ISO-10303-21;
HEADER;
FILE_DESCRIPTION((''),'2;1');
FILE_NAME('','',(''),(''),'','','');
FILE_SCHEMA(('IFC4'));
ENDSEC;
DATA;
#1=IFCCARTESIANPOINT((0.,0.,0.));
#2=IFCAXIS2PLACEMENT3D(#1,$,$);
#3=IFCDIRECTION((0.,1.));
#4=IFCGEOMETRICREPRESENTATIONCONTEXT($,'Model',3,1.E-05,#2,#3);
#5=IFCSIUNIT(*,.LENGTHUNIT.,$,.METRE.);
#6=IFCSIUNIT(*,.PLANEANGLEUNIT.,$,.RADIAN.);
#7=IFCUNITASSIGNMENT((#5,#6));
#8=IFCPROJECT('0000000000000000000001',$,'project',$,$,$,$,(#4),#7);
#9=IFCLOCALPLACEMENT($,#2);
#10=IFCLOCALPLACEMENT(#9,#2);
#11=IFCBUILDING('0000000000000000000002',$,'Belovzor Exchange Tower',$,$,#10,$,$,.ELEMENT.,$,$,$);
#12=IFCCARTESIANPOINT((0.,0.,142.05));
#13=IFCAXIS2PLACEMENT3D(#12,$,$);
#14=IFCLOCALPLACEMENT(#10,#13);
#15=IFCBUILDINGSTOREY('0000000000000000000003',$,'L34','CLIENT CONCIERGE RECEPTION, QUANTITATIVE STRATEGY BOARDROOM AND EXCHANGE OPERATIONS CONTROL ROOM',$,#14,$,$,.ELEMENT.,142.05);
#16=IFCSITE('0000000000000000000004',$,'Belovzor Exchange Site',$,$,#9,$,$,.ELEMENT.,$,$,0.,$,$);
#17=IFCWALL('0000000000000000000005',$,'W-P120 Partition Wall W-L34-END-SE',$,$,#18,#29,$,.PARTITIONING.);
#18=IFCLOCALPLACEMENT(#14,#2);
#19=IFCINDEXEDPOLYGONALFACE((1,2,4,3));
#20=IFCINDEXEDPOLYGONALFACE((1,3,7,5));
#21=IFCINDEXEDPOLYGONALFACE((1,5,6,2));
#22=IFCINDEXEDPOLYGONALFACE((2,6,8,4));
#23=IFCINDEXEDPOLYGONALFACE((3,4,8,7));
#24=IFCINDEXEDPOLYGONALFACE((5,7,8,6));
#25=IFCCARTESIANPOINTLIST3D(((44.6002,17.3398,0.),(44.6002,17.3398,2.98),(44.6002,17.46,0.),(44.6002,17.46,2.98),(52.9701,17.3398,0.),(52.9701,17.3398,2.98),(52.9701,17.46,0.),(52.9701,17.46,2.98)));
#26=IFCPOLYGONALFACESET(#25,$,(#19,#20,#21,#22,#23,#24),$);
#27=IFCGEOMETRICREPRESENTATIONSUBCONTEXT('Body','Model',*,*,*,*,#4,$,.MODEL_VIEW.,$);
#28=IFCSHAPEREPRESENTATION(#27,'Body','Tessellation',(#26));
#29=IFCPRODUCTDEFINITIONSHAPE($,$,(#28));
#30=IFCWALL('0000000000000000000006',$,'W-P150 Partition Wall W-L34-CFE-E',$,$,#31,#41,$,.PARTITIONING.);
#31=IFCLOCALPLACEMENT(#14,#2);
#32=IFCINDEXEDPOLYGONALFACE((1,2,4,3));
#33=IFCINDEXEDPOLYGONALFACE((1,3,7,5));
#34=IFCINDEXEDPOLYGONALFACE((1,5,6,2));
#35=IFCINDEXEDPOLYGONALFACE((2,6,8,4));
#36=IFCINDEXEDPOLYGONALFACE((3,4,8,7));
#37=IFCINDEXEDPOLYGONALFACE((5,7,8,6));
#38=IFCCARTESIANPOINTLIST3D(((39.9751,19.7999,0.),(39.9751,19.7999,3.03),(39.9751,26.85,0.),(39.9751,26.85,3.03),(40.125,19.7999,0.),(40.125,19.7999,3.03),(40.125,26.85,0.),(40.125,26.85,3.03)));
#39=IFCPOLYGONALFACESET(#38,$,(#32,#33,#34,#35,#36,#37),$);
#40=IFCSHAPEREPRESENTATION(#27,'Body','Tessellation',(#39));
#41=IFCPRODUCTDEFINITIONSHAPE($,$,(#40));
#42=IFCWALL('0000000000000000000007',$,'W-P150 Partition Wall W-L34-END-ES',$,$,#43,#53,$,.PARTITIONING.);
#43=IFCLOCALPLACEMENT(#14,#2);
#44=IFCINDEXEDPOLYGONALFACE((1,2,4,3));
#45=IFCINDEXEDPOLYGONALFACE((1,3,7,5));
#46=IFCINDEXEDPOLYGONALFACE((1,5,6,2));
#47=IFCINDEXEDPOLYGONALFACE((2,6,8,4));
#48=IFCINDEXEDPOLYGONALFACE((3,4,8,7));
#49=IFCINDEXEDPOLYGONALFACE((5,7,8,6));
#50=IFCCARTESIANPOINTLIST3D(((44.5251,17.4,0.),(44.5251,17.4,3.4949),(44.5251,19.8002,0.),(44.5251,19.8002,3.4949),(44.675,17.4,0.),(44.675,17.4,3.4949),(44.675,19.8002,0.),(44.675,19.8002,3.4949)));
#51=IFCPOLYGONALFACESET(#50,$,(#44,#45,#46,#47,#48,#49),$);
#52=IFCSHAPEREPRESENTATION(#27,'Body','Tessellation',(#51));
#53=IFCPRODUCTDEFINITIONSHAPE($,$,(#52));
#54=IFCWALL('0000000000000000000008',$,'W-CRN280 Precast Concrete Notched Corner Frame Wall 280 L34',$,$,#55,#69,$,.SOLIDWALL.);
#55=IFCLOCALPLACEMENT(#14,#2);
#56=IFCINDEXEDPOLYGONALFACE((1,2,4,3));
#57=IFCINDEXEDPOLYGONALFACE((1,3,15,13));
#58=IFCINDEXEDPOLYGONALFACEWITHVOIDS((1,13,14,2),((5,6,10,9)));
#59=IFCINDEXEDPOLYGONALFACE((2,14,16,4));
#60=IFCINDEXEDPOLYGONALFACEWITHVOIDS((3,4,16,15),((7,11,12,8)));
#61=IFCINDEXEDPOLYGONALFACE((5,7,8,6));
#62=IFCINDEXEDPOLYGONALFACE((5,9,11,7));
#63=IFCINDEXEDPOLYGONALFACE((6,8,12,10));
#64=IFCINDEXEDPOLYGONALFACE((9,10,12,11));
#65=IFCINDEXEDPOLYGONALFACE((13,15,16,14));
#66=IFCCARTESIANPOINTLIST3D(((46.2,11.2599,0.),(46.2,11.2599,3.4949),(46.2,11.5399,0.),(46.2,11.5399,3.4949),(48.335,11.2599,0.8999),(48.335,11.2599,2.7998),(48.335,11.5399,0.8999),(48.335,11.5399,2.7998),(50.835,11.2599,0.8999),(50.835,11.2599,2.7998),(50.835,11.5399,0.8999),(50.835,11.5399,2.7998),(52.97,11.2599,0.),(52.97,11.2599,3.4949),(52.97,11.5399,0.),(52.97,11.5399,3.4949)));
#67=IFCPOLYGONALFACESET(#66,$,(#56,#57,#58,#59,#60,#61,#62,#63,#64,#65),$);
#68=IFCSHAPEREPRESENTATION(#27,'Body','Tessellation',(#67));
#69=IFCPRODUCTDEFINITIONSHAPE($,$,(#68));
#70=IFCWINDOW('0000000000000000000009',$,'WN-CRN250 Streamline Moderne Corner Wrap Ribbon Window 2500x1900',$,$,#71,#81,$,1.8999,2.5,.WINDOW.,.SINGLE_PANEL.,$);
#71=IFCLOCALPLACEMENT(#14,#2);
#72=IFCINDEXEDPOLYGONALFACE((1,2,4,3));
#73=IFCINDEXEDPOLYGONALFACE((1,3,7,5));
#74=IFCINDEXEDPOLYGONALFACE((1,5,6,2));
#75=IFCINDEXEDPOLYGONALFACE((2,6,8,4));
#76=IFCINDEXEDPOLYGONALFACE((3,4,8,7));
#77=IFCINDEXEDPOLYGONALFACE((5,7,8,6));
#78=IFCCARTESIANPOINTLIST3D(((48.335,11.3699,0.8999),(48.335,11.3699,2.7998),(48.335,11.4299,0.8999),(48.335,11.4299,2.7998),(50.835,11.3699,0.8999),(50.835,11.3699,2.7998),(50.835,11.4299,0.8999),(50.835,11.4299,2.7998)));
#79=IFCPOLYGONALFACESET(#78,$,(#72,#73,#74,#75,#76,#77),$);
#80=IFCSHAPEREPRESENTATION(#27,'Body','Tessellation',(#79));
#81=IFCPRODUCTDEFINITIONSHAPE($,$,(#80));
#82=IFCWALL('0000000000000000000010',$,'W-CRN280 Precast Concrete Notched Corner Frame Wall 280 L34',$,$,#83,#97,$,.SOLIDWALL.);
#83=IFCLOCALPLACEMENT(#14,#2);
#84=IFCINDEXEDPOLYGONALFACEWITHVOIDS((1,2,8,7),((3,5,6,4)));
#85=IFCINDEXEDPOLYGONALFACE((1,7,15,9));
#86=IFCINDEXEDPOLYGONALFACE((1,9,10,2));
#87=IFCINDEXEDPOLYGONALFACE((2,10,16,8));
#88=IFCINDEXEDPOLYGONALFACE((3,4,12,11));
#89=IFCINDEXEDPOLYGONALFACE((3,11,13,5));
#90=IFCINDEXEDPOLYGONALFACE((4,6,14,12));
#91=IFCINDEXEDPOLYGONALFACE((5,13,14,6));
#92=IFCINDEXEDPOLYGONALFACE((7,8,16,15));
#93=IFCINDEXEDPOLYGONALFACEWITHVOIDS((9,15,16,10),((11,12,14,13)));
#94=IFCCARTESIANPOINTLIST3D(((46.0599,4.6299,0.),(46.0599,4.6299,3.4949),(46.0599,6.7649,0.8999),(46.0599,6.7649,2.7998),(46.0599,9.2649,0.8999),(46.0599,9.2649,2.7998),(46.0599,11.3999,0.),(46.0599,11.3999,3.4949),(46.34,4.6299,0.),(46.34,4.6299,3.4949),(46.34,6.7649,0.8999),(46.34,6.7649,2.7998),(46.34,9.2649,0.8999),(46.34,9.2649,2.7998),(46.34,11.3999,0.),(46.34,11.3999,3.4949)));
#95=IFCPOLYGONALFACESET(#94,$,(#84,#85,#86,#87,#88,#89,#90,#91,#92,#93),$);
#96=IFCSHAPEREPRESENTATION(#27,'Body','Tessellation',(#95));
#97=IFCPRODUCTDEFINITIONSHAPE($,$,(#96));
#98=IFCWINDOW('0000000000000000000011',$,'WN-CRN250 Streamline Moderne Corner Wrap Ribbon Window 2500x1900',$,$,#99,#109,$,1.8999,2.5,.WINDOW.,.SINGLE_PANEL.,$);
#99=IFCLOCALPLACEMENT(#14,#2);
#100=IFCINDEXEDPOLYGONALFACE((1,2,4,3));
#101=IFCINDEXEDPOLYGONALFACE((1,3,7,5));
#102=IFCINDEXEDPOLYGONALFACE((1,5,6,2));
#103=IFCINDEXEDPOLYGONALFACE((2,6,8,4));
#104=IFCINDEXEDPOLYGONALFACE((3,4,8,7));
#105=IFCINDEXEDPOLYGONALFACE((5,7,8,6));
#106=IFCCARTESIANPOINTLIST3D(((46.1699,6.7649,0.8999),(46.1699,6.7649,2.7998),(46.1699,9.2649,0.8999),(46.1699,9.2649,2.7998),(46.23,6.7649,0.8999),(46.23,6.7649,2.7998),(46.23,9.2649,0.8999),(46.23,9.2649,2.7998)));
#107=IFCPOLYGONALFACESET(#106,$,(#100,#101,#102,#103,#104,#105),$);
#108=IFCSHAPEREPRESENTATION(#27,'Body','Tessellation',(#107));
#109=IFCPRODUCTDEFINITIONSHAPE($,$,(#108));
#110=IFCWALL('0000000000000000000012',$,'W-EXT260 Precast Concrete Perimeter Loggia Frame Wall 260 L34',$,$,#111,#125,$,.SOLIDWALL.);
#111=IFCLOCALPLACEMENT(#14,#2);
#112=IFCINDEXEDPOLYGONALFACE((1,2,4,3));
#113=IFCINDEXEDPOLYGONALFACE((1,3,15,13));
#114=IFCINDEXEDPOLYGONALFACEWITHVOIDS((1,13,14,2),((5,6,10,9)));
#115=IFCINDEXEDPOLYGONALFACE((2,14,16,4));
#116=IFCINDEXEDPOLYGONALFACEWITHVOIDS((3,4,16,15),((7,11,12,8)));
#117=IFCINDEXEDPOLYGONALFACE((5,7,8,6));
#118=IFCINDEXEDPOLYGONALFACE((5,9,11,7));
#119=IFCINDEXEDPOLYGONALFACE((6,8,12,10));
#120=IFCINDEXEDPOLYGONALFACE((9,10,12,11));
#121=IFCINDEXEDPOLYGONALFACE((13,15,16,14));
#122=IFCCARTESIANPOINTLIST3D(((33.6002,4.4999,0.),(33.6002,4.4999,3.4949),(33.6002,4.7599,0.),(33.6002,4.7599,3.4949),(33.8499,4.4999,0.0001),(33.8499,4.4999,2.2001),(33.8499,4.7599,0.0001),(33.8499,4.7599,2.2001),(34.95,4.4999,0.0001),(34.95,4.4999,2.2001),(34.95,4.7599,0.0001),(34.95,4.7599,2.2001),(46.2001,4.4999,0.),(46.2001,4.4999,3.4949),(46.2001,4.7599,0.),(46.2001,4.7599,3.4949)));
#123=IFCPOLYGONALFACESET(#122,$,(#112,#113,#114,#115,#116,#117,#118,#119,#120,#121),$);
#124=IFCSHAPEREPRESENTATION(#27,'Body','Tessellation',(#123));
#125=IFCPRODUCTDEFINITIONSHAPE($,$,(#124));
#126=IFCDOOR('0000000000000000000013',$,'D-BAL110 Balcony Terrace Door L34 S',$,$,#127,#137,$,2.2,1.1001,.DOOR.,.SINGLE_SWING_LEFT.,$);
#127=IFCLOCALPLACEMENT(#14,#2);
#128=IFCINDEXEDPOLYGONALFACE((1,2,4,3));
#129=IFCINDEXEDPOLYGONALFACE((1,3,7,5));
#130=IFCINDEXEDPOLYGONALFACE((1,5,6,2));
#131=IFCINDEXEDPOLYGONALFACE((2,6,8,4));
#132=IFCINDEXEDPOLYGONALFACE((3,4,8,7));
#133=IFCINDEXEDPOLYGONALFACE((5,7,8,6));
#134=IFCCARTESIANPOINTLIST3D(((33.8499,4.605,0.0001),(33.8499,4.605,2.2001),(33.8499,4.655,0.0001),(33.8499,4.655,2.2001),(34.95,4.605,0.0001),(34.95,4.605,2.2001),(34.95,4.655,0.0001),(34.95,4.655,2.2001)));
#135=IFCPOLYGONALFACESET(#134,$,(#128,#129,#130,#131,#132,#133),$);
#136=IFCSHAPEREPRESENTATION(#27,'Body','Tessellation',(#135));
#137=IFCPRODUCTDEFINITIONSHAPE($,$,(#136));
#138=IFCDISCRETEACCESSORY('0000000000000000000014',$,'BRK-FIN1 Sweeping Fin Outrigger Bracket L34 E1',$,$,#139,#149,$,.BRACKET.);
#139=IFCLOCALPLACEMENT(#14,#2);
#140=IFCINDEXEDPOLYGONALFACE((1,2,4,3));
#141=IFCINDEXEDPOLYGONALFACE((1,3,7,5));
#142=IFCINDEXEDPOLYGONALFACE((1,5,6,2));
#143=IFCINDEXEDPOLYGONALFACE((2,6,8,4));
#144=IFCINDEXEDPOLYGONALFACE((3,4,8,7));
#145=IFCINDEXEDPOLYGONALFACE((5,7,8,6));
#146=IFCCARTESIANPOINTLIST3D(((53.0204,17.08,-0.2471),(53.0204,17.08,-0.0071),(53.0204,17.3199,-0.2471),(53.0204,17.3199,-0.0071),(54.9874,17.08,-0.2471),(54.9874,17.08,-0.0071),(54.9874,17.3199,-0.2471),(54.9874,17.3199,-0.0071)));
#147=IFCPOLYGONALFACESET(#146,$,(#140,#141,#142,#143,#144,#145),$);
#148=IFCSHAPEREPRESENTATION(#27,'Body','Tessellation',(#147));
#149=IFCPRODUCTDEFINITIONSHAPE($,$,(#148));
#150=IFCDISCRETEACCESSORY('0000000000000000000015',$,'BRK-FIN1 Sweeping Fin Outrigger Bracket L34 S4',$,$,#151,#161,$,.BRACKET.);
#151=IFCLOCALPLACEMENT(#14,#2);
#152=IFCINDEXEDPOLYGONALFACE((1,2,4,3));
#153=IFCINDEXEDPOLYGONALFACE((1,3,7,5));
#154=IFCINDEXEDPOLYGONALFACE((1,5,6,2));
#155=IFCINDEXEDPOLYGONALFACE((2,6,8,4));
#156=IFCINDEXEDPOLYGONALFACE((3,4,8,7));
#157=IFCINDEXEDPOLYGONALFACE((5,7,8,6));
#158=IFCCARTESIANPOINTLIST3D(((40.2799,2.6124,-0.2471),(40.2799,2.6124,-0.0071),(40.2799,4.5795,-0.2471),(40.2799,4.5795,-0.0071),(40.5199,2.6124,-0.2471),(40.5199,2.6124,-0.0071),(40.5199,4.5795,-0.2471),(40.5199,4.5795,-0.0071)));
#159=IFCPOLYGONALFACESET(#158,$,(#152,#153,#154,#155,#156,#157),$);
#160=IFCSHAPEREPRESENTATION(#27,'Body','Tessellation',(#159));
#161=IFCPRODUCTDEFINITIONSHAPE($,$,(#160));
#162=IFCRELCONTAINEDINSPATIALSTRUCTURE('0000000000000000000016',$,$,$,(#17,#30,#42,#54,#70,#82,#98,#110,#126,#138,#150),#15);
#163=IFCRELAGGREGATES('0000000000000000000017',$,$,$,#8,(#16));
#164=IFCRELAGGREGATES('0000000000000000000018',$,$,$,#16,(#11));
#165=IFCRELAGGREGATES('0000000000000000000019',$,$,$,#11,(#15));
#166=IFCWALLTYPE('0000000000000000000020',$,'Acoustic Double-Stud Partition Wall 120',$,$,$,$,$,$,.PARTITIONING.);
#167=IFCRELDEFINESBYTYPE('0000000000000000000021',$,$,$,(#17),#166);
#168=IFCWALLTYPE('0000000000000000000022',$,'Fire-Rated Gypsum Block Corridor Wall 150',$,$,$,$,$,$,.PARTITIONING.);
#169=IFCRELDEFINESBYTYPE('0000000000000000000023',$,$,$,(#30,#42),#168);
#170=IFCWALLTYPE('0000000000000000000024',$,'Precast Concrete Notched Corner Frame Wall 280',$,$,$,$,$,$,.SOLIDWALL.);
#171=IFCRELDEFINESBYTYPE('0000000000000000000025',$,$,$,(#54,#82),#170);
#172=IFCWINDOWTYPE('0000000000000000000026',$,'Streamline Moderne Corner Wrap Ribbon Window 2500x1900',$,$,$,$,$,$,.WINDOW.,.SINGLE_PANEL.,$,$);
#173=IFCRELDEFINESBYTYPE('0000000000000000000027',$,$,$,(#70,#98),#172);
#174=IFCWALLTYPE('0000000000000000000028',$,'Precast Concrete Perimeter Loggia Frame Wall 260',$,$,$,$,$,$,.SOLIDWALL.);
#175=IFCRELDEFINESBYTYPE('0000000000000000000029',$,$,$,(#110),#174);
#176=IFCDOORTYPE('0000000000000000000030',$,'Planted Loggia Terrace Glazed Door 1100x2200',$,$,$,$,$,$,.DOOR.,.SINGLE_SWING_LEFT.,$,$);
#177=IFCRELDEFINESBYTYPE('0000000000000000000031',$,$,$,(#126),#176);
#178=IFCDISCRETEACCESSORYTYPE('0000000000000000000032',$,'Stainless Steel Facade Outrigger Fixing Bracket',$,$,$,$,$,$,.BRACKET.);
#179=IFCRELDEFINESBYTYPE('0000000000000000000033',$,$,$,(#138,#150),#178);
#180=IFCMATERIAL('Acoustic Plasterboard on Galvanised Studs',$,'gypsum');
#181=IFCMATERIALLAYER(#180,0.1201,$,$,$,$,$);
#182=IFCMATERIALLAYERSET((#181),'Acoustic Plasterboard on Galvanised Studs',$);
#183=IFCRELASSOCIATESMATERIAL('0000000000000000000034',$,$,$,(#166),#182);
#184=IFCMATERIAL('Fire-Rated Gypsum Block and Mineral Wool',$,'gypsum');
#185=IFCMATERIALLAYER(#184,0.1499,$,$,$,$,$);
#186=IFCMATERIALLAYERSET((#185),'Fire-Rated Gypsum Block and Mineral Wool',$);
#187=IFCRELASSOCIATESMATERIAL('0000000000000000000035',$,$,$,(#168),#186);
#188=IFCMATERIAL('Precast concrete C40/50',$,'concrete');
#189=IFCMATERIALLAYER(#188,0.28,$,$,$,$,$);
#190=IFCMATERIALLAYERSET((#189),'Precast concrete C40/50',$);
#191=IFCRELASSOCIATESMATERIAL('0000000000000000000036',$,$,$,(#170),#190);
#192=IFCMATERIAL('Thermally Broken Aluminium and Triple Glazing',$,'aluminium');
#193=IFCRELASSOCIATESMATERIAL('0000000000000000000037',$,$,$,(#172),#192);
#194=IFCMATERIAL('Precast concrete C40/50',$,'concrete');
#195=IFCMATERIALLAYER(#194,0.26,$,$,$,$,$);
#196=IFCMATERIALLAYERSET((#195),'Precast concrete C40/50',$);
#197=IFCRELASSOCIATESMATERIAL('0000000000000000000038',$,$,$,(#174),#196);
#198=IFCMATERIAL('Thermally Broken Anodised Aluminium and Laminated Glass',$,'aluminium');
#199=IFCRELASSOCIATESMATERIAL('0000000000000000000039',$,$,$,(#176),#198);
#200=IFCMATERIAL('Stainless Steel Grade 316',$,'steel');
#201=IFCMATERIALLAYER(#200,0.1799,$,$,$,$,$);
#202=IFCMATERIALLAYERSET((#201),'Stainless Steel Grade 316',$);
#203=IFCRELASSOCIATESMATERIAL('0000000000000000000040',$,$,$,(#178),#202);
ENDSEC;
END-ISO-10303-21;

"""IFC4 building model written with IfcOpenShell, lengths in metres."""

from ifc_helpers import new_model, si_unit, direction, frame, frame_2d, origin, origin_2d, place, context, subcontext, project, spatial, rectangle, extrude, material, layer, layer_set, type_object, element, fill, save


model = new_model("IFC4")

# Units and contexts
model_context = context("Model", 3, precision=1e-05, world=origin(), true_north=direction((0.0, 1.0)))
body_context = subcontext(model_context, "Body", "Model", "MODEL_VIEW")
ifc_project = project(units=[si_unit("LENGTHUNIT", "METRE"), si_unit("PLANEANGLEUNIT", "RADIAN")], contexts=[model_context])

# Site, building, storey
site_placement = place(None, origin())
site = spatial("IfcSite", under=ifc_project, at=site_placement, Name="Belovzor Exchange Site", CompositionType="ELEMENT", RefElevation=0.0)
building_placement = place(site_placement, origin())
building = spatial("IfcBuilding", under=site, at=building_placement, Name="Belovzor Exchange Tower", CompositionType="ELEMENT")
storey_placement = place(building_placement, frame((0.0, 0.0, 142.05)))
storey = spatial("IfcBuildingStorey", under=building, at=storey_placement, Name="L34", Description="CLIENT CONCIERGE RECEPTION, QUANTITATIVE STRATEGY BOARDROOM AND EXCHANGE OPERATIONS CONTROL ROOM", CompositionType="ELEMENT", Elevation=142.05)

# Walls
ifc_material_1 = material(Name="Acoustic Plasterboard on Galvanised Studs", Category="gypsum")
ifc_layer_1 = layer(ifc_material_1, 0.1201)
ifc_layer_set_1 = layer_set([ifc_layer_1], Name="Acoustic Plasterboard on Galvanised Studs")
wall_type_1 = type_object("IfcWallType", Name="Acoustic Double-Stud Partition Wall 120", PredefinedType="PARTITIONING", material=ifc_layer_set_1)
wall_1_placement = place(storey_placement, frame((44.6001, 17.3999, 0.0), z_axis=(0.0, 0.0, 1.0), x_axis=(1.0, 0.0, 0.0)))
element("IfcWall", 1, at=wall_1_placement, inside=storey, type_object=wall_type_1, Name="W-P120 Partition Wall W-L34-END-SE", PredefinedType="PARTITIONING", context=body_context, shape_type="SweptSolid", body=[
    extrude(rectangle(XDim=8.3699, YDim=0.1201, at=frame_2d((4.1851, 0.0))), origin(), (0.0, 0.0, 1.0), 2.98),
])
ifc_material_2 = material(Name="Fire-Rated Gypsum Block and Mineral Wool", Category="gypsum")
ifc_layer_2 = layer(ifc_material_2, 0.1499)
ifc_layer_set_2 = layer_set([ifc_layer_2], Name="Fire-Rated Gypsum Block and Mineral Wool")
wall_type_2 = type_object("IfcWallType", Name="Fire-Rated Gypsum Block Corridor Wall 150", PredefinedType="PARTITIONING", material=ifc_layer_set_2)
wall_2_placement = place(storey_placement, frame((40.05, 19.8, 0.0), z_axis=(0.0, 0.0, 1.0), x_axis=(0.0, 1.0, 0.0)))
element("IfcWall", 2, at=wall_2_placement, inside=storey, type_object=wall_type_2, Name="W-P150 Partition Wall W-L34-CFE-E", PredefinedType="PARTITIONING", context=body_context, shape_type="SweptSolid", body=[
    extrude(rectangle(XDim=7.05, YDim=0.1499, at=frame_2d((3.5249, 0.0))), origin(), (0.0, 0.0, 1.0), 3.03),
])
wall_3_placement = place(storey_placement, frame((44.6001, 17.3999, 0.0), z_axis=(0.0, 0.0, 1.0), x_axis=(0.0, 1.0, 0.0)))
element("IfcWall", 3, at=wall_3_placement, inside=storey, type_object=wall_type_2, Name="W-P150 Partition Wall W-L34-END-ES", PredefinedType="PARTITIONING", context=body_context, shape_type="SweptSolid", body=[
    extrude(rectangle(XDim=2.4001, YDim=0.1499, at=frame_2d((1.2002, 0.0))), origin(), (0.0, 0.0, 1.0), 3.4949),
])

# Walls, openings, windows
ifc_material_3 = material(Name="Precast concrete C40/50", Category="concrete")
ifc_layer_3 = layer(ifc_material_3, 0.28)
ifc_layer_set_3 = layer_set([ifc_layer_3], Name="Precast concrete C40/50")
wall_type_3 = type_object("IfcWallType", Name="Precast Concrete Notched Corner Frame Wall 280", PredefinedType="SOLIDWALL", material=ifc_layer_set_3)
wall_4_placement = place(storey_placement, frame((52.97, 11.3999, 0.0), z_axis=(0.0, 0.0, 1.0), x_axis=(-1.0, 0.0, 0.0)))
wall_4 = element("IfcWall", 4, at=wall_4_placement, inside=storey, type_object=wall_type_3, Name="W-CRN280 Precast Concrete Notched Corner Frame Wall 280 L34", PredefinedType="SOLIDWALL", context=body_context, shape_type="SweptSolid", body=[
    extrude(rectangle(XDim=6.77, YDim=0.28, at=frame_2d((3.385, 0.0))), origin(), (0.0, 0.0, 1.0), 3.4949),
])
opening_1_placement = place(wall_4_placement, frame((2.135, 0.0, 0.8999)))
opening_1 = element("IfcOpeningElement", 5, at=opening_1_placement, cuts=wall_4, PredefinedType="OPENING", context=body_context, shape_type="SweptSolid", body=[
    extrude(rectangle(XDim=2.5, YDim=1.8999, at=frame_2d((1.25, 0.95))), frame((0.0, 0.1499, 0.0), z_axis=(0.0, -1.0, 0.0), x_axis=(1.0, 0.0, 0.0)), (0.0, 0.0, 1.0), 0.3),
])
ifc_material_4 = material(Name="Thermally Broken Aluminium and Triple Glazing", Category="aluminium")
window_type = type_object("IfcWindowType", Name="Streamline Moderne Corner Wrap Ribbon Window 2500x1900", PartitioningType="SINGLE_PANEL", PredefinedType="WINDOW", material=ifc_material_4)
window_1_placement = place(opening_1_placement, origin())
window_1 = element("IfcWindow", 6, at=window_1_placement, inside=storey, type_object=window_type, Name="WN-CRN250 Streamline Moderne Corner Wrap Ribbon Window 2500x1900", OverallHeight=1.8999, OverallWidth=2.5, PartitioningType="SINGLE_PANEL", PredefinedType="WINDOW", context=body_context, shape_type="SweptSolid", body=[
    extrude(rectangle(XDim=2.5, YDim=1.8999, at=frame_2d((1.25, 0.95))), frame((0.0, 0.03, 0.0), z_axis=(0.0, -1.0, 0.0), x_axis=(1.0, 0.0, 0.0)), (0.0, 0.0, 1.0), 0.0601),
])
fill(opening_1, window_1)
wall_5_placement = place(storey_placement, frame((46.2, 11.3999, 0.0), z_axis=(0.0, 0.0, 1.0), x_axis=(0.0, -1.0, 0.0)))
wall_5 = element("IfcWall", 7, at=wall_5_placement, inside=storey, type_object=wall_type_3, Name="W-CRN280 Precast Concrete Notched Corner Frame Wall 280 L34", PredefinedType="SOLIDWALL", context=body_context, shape_type="SweptSolid", body=[
    extrude(rectangle(XDim=6.77, YDim=0.28, at=frame_2d((3.385, 0.0))), origin(), (0.0, 0.0, 1.0), 3.4949),
])
opening_2_placement = place(wall_5_placement, frame((2.135, 0.0, 0.8999)))
opening_2 = element("IfcOpeningElement", 8, at=opening_2_placement, cuts=wall_5, PredefinedType="OPENING", context=body_context, shape_type="SweptSolid", body=[
    extrude(rectangle(XDim=2.5, YDim=1.8999, at=frame_2d((1.25, 0.95))), frame((0.0, 0.1499, 0.0), z_axis=(0.0, -1.0, 0.0), x_axis=(1.0, 0.0, 0.0)), (0.0, 0.0, 1.0), 0.3),
])
window_2_placement = place(opening_2_placement, origin())
window_2 = element("IfcWindow", 9, at=window_2_placement, inside=storey, type_object=window_type, Name="WN-CRN250 Streamline Moderne Corner Wrap Ribbon Window 2500x1900", OverallHeight=1.8999, OverallWidth=2.5, PartitioningType="SINGLE_PANEL", PredefinedType="WINDOW", context=body_context, shape_type="SweptSolid", body=[
    extrude(rectangle(XDim=2.5, YDim=1.8999, at=frame_2d((1.25, 0.95))), frame((0.0, 0.03, 0.0), z_axis=(0.0, -1.0, 0.0), x_axis=(1.0, 0.0, 0.0)), (0.0, 0.0, 1.0), 0.0601),
])
fill(opening_2, window_2)

# Wall, opening, door
ifc_material_5 = material(Name="Precast concrete C40/50", Category="concrete")
ifc_layer_4 = layer(ifc_material_5, 0.26)
ifc_layer_set_4 = layer_set([ifc_layer_4], Name="Precast concrete C40/50")
wall_type_4 = type_object("IfcWallType", Name="Precast Concrete Perimeter Loggia Frame Wall 260", PredefinedType="SOLIDWALL", material=ifc_layer_set_4)
wall_6_placement = place(storey_placement, frame((46.2, 4.6299, 0.0), z_axis=(0.0, 0.0, 1.0), x_axis=(-1.0, 0.0, 0.0)))
wall_6 = element("IfcWall", 10, at=wall_6_placement, inside=storey, type_object=wall_type_4, Name="W-EXT260 Precast Concrete Perimeter Loggia Frame Wall 260 L34", PredefinedType="SOLIDWALL", context=body_context, shape_type="SweptSolid", body=[
    extrude(rectangle(XDim=12.5999, YDim=0.26, at=frame_2d((6.2998, 0.0))), origin(), (0.0, 0.0, 1.0), 3.4949),
])
opening_3_placement = place(wall_6_placement, frame((11.25, 0.0, 0.0)))
opening_3 = element("IfcOpeningElement", 11, at=opening_3_placement, cuts=wall_6, PredefinedType="OPENING", context=body_context, shape_type="SweptSolid", body=[
    extrude(rectangle(XDim=1.1001, YDim=2.2, at=frame_2d((0.55, 1.1001))), frame((0.0, 0.1399, 0.0), z_axis=(0.0, -1.0, 0.0), x_axis=(1.0, 0.0, 0.0)), (0.0, 0.0, 1.0), 0.28),
])
ifc_material_6 = material(Name="Thermally Broken Anodised Aluminium and Laminated Glass", Category="aluminium")
door_type = type_object("IfcDoorType", Name="Planted Loggia Terrace Glazed Door 1100x2200", OperationType="SINGLE_SWING_LEFT", PredefinedType="DOOR", material=ifc_material_6)
door_placement = place(opening_3_placement, origin())
door = element("IfcDoor", 12, at=door_placement, inside=storey, type_object=door_type, Name="D-BAL110 Balcony Terrace Door L34 S", OperationType="SINGLE_SWING_LEFT", OverallHeight=2.2, OverallWidth=1.1001, PredefinedType="DOOR", context=body_context, shape_type="SweptSolid", body=[
    extrude(rectangle(XDim=1.1001, YDim=2.2, at=frame_2d((0.55, 1.1001))), frame((0.0, 0.0249, 0.0), z_axis=(0.0, -1.0, 0.0), x_axis=(1.0, 0.0, 0.0)), (0.0, 0.0, 1.0), 0.05),
])
fill(opening_3, door)

# Discrete accessories
ifc_material_7 = material(Name="Stainless Steel Grade 316", Category="steel")
ifc_layer_5 = layer(ifc_material_7, 0.1799)
ifc_layer_set_5 = layer_set([ifc_layer_5], Name="Stainless Steel Grade 316")
discrete_accessory_type = type_object("IfcDiscreteAccessoryType", Name="Stainless Steel Facade Outrigger Fixing Bracket", PredefinedType="BRACKET", material=ifc_layer_set_5)
for number, where, z_axis, x_axis, name in (
    (13, (54.0039, 17.2, -0.2471), (0.0, 0.0, 1.0), (1.0, 0.0, 0.0), "BRK-FIN1 Sweeping Fin Outrigger Bracket L34 E1"),
    (14, (40.3999, 3.5959, -0.2471), (0.0, 0.0, 1.0), (0.0, 1.0, 0.0), "BRK-FIN1 Sweeping Fin Outrigger Bracket L34 S4"),
):
    element("IfcDiscreteAccessory", number, at=place(storey_placement, frame(where, z_axis=z_axis, x_axis=x_axis)), inside=storey, type_object=discrete_accessory_type, Name=name, PredefinedType="BRACKET", context=body_context, shape_type="SweptSolid", body=[
        extrude(rectangle(XDim=1.967, YDim=0.24, at=origin_2d()), origin(), (0.0, 0.0, 1.0), 0.24),
    ])

save(model, "model.ifc")
